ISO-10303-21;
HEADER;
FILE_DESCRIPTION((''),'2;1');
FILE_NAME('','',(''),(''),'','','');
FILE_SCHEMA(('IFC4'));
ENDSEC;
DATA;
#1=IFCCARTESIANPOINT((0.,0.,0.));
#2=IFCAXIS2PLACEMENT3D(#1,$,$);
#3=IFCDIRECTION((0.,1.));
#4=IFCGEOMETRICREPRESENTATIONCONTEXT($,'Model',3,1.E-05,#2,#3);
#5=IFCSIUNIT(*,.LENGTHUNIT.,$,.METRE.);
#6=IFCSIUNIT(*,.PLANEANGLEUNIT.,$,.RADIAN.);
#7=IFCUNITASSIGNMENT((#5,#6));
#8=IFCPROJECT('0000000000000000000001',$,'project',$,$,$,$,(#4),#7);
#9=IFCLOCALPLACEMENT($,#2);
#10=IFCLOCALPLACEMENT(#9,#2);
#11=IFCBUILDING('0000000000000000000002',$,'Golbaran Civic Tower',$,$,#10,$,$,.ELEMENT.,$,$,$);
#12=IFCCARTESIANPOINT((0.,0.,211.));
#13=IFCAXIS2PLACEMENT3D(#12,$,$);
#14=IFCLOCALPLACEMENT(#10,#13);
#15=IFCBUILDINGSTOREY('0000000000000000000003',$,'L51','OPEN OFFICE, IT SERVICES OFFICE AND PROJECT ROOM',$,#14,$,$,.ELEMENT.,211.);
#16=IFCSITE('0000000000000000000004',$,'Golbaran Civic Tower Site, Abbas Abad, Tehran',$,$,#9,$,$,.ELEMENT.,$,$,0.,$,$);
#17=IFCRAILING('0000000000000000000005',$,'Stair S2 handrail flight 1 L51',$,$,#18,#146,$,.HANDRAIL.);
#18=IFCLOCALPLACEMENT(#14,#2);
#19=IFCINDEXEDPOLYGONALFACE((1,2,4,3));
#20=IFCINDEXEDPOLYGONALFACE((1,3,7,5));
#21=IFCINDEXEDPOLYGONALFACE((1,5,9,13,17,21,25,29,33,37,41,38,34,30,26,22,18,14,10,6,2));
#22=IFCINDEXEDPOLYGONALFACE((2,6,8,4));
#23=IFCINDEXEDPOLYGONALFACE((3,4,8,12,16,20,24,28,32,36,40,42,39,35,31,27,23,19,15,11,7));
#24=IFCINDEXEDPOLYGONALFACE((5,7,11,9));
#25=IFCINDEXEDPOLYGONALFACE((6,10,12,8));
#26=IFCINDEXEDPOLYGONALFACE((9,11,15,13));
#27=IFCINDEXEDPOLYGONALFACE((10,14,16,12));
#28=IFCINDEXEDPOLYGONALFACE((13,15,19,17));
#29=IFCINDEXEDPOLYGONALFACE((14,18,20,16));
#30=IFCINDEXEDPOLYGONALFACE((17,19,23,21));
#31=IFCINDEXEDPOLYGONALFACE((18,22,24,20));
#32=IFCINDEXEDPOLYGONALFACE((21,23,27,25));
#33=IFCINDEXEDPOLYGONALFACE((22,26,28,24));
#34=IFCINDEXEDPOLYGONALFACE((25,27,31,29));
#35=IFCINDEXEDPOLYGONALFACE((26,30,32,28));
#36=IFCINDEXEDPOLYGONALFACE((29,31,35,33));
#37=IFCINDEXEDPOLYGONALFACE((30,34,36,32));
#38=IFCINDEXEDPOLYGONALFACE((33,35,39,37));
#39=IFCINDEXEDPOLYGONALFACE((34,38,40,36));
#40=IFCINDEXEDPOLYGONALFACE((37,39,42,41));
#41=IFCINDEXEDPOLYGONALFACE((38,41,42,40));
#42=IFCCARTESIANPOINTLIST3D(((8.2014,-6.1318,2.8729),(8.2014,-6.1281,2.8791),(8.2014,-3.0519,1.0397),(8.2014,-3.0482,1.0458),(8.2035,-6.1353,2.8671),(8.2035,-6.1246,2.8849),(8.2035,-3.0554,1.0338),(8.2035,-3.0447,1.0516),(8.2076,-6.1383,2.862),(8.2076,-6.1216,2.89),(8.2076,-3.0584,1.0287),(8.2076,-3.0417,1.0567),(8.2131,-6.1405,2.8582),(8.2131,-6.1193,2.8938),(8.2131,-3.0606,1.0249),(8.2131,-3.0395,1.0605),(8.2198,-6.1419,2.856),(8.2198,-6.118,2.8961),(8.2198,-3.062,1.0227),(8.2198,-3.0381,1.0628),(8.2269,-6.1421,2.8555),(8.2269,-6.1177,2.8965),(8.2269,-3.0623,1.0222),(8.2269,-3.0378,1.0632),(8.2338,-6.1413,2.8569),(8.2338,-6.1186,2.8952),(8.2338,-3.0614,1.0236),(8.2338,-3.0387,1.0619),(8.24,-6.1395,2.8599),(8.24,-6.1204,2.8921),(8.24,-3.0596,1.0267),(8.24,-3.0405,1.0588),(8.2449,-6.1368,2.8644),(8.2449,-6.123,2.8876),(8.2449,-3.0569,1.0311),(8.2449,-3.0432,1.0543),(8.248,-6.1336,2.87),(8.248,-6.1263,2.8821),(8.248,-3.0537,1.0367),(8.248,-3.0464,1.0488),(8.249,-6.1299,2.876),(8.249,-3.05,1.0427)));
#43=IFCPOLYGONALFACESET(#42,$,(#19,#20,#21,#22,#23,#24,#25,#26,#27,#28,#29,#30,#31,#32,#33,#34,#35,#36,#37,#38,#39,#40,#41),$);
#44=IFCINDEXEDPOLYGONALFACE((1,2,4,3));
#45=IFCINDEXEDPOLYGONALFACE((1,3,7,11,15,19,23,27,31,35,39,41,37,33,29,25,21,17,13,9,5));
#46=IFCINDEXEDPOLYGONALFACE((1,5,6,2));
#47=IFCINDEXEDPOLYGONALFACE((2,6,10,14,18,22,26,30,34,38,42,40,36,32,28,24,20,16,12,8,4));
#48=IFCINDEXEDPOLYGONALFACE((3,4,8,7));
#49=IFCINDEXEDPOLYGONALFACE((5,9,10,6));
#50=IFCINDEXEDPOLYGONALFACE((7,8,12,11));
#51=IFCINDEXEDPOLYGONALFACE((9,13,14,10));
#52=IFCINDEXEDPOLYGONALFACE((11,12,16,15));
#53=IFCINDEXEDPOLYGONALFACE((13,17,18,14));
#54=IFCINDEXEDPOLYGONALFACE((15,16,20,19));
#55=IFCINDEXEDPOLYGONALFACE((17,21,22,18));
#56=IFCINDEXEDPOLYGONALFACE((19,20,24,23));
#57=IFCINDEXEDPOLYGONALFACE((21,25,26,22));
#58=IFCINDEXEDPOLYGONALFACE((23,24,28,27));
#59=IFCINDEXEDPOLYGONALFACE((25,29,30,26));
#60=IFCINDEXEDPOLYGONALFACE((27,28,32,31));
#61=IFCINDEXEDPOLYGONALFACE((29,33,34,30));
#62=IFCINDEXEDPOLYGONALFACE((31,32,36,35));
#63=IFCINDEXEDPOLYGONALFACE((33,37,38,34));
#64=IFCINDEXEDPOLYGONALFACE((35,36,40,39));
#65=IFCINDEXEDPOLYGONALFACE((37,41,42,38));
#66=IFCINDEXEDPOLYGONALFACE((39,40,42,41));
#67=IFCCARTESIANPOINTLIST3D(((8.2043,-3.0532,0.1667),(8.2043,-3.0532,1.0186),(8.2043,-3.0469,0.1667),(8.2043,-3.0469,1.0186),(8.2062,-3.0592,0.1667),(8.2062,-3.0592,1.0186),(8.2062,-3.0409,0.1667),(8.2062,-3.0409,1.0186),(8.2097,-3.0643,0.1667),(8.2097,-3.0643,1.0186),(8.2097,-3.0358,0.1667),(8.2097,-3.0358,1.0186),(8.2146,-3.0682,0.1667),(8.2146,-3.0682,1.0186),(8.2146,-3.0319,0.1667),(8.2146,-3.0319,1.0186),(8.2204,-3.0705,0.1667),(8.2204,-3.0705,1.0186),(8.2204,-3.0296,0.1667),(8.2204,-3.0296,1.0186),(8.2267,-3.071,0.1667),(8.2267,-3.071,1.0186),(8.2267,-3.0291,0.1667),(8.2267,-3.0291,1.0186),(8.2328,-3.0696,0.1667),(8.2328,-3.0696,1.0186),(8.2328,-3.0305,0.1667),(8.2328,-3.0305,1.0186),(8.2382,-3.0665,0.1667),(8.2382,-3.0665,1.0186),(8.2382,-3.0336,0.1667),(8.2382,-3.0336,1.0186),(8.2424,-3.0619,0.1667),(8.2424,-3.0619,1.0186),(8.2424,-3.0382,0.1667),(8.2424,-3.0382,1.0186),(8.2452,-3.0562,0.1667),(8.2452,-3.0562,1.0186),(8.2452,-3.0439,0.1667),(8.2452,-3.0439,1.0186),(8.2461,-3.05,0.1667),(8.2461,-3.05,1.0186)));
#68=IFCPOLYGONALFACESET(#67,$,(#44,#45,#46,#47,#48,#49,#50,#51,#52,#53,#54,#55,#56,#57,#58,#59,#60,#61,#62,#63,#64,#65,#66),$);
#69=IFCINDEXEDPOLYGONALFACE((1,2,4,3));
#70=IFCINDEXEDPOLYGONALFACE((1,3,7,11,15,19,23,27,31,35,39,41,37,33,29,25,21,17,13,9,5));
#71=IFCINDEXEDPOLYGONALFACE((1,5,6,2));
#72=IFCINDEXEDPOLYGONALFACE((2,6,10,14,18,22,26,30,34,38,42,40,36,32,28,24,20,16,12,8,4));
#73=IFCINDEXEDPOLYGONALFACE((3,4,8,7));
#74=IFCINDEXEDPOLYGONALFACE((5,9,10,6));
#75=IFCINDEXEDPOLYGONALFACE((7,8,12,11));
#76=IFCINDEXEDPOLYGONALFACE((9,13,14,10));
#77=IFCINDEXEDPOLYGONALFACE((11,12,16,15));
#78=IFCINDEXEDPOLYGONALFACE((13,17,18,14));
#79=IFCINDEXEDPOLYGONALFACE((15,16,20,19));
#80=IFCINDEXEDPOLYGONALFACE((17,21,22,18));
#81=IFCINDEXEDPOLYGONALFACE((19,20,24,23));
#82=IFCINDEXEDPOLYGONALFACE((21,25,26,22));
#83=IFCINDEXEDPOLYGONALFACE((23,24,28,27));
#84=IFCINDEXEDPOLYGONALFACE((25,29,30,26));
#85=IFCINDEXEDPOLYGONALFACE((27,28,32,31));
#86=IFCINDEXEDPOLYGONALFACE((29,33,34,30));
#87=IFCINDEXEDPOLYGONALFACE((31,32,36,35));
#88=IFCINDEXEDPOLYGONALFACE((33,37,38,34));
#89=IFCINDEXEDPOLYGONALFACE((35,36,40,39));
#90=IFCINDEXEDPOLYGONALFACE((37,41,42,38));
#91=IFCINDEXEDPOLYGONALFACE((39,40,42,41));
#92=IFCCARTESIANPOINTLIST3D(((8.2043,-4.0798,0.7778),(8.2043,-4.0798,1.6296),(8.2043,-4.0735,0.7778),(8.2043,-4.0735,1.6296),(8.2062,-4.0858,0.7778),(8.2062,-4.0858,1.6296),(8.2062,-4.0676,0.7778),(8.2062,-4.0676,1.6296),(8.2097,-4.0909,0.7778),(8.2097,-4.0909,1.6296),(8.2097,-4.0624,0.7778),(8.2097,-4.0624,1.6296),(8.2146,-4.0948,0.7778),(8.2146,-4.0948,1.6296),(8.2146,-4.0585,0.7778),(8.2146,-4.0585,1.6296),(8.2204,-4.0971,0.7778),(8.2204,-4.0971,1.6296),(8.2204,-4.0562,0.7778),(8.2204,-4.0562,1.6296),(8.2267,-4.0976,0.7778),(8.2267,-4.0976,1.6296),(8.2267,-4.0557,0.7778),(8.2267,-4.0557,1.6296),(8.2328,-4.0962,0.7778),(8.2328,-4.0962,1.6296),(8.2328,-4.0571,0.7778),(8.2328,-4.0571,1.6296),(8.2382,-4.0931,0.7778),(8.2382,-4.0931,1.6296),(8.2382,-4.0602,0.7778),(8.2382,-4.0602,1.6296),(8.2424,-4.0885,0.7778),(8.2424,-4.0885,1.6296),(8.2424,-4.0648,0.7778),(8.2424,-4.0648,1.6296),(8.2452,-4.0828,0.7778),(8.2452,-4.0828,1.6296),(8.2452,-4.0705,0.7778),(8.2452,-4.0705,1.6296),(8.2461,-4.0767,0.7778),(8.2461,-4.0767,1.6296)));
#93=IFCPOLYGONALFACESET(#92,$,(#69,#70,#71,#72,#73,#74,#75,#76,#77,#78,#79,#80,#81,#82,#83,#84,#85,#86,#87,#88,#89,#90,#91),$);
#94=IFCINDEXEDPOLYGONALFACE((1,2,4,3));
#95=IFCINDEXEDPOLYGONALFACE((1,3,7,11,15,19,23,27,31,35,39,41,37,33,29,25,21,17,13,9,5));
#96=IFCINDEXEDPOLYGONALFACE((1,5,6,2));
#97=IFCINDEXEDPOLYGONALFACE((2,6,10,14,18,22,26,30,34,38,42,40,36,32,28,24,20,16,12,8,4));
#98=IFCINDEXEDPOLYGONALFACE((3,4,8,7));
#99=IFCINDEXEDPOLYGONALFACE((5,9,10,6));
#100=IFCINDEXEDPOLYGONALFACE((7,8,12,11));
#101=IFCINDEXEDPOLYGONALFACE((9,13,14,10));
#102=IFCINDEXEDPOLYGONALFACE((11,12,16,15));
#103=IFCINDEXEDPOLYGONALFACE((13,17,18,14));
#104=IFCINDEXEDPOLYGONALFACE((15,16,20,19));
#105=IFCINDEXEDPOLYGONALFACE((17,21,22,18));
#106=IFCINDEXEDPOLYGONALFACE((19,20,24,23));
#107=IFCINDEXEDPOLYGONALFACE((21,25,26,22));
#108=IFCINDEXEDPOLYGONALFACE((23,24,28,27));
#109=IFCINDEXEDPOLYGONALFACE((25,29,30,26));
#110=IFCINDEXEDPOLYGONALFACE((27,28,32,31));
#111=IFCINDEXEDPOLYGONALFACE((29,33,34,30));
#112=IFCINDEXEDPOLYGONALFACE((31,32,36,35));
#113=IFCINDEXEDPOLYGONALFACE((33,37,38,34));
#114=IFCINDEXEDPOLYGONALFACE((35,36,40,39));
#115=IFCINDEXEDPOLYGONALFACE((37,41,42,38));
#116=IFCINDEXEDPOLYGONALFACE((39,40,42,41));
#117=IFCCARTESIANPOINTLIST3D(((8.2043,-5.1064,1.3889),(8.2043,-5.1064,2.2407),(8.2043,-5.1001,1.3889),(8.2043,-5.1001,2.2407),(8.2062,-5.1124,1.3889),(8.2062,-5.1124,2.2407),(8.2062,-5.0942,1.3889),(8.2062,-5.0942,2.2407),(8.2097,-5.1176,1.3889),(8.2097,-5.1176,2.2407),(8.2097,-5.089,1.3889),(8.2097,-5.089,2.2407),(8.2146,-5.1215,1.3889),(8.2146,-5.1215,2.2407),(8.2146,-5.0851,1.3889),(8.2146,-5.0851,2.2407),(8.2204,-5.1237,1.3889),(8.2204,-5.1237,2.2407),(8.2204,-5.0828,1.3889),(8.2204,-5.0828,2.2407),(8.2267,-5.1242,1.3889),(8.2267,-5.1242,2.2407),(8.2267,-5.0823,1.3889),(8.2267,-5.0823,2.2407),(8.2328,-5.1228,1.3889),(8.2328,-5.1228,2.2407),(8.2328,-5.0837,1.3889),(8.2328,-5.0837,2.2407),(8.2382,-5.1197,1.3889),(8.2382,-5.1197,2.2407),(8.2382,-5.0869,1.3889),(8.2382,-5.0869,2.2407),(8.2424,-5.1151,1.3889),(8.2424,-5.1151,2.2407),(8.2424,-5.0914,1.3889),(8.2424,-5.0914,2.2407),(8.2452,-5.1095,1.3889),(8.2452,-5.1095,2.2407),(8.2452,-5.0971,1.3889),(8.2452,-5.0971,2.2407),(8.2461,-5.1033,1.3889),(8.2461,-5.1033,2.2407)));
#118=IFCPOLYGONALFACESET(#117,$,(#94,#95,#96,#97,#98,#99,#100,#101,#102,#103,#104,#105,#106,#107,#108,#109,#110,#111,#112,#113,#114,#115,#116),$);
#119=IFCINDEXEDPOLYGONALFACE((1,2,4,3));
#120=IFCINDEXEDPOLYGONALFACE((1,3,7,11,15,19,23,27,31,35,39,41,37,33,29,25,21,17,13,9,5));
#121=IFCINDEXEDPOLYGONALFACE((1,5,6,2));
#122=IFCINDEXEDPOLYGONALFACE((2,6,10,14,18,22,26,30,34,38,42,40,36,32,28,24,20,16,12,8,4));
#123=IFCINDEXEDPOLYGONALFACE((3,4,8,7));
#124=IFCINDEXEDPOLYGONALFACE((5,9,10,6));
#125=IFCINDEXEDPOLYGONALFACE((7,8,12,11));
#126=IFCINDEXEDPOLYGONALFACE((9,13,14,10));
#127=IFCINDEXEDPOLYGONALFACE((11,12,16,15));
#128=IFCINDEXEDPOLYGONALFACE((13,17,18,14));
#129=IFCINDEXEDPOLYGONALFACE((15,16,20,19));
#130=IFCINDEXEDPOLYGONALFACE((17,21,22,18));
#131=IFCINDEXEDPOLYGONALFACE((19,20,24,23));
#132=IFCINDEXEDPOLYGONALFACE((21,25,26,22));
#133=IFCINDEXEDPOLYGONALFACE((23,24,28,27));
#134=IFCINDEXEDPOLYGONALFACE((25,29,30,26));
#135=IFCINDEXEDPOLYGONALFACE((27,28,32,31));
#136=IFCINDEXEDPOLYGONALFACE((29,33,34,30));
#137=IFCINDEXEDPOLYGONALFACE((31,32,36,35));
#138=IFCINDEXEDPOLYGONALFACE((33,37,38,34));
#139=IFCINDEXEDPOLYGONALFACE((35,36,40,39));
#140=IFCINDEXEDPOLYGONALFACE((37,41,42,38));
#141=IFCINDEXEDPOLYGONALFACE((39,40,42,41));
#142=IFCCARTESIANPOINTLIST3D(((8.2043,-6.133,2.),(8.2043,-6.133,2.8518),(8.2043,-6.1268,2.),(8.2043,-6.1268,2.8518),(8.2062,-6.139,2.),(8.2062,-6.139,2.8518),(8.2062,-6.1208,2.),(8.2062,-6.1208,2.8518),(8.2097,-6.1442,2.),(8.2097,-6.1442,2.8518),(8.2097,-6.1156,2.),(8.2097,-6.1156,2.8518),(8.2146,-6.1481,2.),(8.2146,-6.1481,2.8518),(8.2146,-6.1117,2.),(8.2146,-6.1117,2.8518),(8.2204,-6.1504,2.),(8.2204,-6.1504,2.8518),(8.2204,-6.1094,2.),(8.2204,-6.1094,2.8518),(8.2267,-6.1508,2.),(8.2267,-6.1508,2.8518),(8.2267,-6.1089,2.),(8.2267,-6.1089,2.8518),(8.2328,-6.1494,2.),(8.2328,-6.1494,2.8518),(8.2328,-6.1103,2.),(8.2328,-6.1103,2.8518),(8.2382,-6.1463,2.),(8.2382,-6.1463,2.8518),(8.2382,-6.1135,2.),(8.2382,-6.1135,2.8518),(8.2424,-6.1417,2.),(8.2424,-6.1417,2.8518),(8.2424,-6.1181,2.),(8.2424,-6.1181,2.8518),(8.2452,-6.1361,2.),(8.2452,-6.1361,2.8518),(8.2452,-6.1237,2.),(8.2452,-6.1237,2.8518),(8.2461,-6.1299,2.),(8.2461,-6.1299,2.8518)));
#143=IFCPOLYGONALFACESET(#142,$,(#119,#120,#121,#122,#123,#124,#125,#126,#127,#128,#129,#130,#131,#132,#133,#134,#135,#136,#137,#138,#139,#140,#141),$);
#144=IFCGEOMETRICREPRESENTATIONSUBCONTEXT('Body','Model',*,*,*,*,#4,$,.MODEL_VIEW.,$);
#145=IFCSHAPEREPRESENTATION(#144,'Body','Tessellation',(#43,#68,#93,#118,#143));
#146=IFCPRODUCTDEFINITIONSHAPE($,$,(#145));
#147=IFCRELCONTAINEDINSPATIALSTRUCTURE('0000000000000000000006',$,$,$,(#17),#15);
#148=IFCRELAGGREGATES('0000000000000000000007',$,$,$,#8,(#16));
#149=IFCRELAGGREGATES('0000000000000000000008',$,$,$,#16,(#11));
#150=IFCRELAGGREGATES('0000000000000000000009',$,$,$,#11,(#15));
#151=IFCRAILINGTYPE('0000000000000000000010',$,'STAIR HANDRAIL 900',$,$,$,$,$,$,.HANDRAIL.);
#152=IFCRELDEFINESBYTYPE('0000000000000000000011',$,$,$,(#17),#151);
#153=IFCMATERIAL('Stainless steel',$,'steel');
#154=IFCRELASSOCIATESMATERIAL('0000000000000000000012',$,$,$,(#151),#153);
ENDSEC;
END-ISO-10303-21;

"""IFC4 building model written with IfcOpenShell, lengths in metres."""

from ifc_helpers import new_model, si_unit, direction, frame, origin, origin_2d, place, context, subcontext, project, spatial, circle, extrude, material, type_object, element, save


model = new_model("IFC4")

# Units and contexts
model_context = context("Model", 3, precision=1e-05, world=origin(), true_north=direction((0.0, 1.0)))
body_context = subcontext(model_context, "Body", "Model", "MODEL_VIEW")
ifc_project = project(units=[si_unit("LENGTHUNIT", "METRE"), si_unit("PLANEANGLEUNIT", "RADIAN")], contexts=[model_context])

# Site, building, storey
site_placement = place(None, origin())
site = spatial("IfcSite", under=ifc_project, at=site_placement, Name="Golbaran Civic Tower Site, Abbas Abad, Tehran", CompositionType="ELEMENT", RefElevation=0.0)
building_placement = place(site_placement, origin())
building = spatial("IfcBuilding", under=site, at=building_placement, Name="Golbaran Civic Tower", CompositionType="ELEMENT")
storey_placement = place(building_placement, frame((0.0, 0.0, 211.0)))
storey = spatial("IfcBuildingStorey", under=building, at=storey_placement, Name="L51", Description="OPEN OFFICE, IT SERVICES OFFICE AND PROJECT ROOM", CompositionType="ELEMENT", Elevation=211.0)

# Shared definitions
ifc_material_1 = material(Name="Stainless steel", Category="steel")

# Railing
railing_type = type_object("IfcRailingType", Name="STAIR HANDRAIL 900", PredefinedType="HANDRAIL", material=ifc_material_1)
railing_1_placement = place(storey_placement, frame((8.2251, -3.05, 0.1667)))
element("IfcRailing", 1, at=railing_1_placement, inside=storey, type_object=railing_type, Name="Stair S2 handrail flight 1 L51", PredefinedType="HANDRAIL", context=body_context, shape_type="SweptSolid", body=[
    extrude(circle(Radius=0.0239, at=origin_2d()), frame((0.0, 0.0, 0.876), z_axis=(0.0, -0.859291, 0.511487), x_axis=(1.0, 0.0, 0.0)), (0.0, 0.0, 1.0), 3.5842),
    extrude(circle(Radius=0.021, at=origin_2d()), origin(), (0.0, 0.0, 1.0), 0.8518),
    extrude(circle(Radius=0.021, at=origin_2d()), frame((0.0, -1.0266, 0.6111)), (0.0, 0.0, 1.0), 0.8518),
    extrude(circle(Radius=0.021, at=origin_2d()), frame((0.0, -2.0532, 1.2222)), (0.0, 0.0, 1.0), 0.8518),
    extrude(circle(Radius=0.021, at=origin_2d()), frame((0.0, -3.0798, 1.8333)), (0.0, 0.0, 1.0), 0.8518),
])

save(model, "model.ifc")
